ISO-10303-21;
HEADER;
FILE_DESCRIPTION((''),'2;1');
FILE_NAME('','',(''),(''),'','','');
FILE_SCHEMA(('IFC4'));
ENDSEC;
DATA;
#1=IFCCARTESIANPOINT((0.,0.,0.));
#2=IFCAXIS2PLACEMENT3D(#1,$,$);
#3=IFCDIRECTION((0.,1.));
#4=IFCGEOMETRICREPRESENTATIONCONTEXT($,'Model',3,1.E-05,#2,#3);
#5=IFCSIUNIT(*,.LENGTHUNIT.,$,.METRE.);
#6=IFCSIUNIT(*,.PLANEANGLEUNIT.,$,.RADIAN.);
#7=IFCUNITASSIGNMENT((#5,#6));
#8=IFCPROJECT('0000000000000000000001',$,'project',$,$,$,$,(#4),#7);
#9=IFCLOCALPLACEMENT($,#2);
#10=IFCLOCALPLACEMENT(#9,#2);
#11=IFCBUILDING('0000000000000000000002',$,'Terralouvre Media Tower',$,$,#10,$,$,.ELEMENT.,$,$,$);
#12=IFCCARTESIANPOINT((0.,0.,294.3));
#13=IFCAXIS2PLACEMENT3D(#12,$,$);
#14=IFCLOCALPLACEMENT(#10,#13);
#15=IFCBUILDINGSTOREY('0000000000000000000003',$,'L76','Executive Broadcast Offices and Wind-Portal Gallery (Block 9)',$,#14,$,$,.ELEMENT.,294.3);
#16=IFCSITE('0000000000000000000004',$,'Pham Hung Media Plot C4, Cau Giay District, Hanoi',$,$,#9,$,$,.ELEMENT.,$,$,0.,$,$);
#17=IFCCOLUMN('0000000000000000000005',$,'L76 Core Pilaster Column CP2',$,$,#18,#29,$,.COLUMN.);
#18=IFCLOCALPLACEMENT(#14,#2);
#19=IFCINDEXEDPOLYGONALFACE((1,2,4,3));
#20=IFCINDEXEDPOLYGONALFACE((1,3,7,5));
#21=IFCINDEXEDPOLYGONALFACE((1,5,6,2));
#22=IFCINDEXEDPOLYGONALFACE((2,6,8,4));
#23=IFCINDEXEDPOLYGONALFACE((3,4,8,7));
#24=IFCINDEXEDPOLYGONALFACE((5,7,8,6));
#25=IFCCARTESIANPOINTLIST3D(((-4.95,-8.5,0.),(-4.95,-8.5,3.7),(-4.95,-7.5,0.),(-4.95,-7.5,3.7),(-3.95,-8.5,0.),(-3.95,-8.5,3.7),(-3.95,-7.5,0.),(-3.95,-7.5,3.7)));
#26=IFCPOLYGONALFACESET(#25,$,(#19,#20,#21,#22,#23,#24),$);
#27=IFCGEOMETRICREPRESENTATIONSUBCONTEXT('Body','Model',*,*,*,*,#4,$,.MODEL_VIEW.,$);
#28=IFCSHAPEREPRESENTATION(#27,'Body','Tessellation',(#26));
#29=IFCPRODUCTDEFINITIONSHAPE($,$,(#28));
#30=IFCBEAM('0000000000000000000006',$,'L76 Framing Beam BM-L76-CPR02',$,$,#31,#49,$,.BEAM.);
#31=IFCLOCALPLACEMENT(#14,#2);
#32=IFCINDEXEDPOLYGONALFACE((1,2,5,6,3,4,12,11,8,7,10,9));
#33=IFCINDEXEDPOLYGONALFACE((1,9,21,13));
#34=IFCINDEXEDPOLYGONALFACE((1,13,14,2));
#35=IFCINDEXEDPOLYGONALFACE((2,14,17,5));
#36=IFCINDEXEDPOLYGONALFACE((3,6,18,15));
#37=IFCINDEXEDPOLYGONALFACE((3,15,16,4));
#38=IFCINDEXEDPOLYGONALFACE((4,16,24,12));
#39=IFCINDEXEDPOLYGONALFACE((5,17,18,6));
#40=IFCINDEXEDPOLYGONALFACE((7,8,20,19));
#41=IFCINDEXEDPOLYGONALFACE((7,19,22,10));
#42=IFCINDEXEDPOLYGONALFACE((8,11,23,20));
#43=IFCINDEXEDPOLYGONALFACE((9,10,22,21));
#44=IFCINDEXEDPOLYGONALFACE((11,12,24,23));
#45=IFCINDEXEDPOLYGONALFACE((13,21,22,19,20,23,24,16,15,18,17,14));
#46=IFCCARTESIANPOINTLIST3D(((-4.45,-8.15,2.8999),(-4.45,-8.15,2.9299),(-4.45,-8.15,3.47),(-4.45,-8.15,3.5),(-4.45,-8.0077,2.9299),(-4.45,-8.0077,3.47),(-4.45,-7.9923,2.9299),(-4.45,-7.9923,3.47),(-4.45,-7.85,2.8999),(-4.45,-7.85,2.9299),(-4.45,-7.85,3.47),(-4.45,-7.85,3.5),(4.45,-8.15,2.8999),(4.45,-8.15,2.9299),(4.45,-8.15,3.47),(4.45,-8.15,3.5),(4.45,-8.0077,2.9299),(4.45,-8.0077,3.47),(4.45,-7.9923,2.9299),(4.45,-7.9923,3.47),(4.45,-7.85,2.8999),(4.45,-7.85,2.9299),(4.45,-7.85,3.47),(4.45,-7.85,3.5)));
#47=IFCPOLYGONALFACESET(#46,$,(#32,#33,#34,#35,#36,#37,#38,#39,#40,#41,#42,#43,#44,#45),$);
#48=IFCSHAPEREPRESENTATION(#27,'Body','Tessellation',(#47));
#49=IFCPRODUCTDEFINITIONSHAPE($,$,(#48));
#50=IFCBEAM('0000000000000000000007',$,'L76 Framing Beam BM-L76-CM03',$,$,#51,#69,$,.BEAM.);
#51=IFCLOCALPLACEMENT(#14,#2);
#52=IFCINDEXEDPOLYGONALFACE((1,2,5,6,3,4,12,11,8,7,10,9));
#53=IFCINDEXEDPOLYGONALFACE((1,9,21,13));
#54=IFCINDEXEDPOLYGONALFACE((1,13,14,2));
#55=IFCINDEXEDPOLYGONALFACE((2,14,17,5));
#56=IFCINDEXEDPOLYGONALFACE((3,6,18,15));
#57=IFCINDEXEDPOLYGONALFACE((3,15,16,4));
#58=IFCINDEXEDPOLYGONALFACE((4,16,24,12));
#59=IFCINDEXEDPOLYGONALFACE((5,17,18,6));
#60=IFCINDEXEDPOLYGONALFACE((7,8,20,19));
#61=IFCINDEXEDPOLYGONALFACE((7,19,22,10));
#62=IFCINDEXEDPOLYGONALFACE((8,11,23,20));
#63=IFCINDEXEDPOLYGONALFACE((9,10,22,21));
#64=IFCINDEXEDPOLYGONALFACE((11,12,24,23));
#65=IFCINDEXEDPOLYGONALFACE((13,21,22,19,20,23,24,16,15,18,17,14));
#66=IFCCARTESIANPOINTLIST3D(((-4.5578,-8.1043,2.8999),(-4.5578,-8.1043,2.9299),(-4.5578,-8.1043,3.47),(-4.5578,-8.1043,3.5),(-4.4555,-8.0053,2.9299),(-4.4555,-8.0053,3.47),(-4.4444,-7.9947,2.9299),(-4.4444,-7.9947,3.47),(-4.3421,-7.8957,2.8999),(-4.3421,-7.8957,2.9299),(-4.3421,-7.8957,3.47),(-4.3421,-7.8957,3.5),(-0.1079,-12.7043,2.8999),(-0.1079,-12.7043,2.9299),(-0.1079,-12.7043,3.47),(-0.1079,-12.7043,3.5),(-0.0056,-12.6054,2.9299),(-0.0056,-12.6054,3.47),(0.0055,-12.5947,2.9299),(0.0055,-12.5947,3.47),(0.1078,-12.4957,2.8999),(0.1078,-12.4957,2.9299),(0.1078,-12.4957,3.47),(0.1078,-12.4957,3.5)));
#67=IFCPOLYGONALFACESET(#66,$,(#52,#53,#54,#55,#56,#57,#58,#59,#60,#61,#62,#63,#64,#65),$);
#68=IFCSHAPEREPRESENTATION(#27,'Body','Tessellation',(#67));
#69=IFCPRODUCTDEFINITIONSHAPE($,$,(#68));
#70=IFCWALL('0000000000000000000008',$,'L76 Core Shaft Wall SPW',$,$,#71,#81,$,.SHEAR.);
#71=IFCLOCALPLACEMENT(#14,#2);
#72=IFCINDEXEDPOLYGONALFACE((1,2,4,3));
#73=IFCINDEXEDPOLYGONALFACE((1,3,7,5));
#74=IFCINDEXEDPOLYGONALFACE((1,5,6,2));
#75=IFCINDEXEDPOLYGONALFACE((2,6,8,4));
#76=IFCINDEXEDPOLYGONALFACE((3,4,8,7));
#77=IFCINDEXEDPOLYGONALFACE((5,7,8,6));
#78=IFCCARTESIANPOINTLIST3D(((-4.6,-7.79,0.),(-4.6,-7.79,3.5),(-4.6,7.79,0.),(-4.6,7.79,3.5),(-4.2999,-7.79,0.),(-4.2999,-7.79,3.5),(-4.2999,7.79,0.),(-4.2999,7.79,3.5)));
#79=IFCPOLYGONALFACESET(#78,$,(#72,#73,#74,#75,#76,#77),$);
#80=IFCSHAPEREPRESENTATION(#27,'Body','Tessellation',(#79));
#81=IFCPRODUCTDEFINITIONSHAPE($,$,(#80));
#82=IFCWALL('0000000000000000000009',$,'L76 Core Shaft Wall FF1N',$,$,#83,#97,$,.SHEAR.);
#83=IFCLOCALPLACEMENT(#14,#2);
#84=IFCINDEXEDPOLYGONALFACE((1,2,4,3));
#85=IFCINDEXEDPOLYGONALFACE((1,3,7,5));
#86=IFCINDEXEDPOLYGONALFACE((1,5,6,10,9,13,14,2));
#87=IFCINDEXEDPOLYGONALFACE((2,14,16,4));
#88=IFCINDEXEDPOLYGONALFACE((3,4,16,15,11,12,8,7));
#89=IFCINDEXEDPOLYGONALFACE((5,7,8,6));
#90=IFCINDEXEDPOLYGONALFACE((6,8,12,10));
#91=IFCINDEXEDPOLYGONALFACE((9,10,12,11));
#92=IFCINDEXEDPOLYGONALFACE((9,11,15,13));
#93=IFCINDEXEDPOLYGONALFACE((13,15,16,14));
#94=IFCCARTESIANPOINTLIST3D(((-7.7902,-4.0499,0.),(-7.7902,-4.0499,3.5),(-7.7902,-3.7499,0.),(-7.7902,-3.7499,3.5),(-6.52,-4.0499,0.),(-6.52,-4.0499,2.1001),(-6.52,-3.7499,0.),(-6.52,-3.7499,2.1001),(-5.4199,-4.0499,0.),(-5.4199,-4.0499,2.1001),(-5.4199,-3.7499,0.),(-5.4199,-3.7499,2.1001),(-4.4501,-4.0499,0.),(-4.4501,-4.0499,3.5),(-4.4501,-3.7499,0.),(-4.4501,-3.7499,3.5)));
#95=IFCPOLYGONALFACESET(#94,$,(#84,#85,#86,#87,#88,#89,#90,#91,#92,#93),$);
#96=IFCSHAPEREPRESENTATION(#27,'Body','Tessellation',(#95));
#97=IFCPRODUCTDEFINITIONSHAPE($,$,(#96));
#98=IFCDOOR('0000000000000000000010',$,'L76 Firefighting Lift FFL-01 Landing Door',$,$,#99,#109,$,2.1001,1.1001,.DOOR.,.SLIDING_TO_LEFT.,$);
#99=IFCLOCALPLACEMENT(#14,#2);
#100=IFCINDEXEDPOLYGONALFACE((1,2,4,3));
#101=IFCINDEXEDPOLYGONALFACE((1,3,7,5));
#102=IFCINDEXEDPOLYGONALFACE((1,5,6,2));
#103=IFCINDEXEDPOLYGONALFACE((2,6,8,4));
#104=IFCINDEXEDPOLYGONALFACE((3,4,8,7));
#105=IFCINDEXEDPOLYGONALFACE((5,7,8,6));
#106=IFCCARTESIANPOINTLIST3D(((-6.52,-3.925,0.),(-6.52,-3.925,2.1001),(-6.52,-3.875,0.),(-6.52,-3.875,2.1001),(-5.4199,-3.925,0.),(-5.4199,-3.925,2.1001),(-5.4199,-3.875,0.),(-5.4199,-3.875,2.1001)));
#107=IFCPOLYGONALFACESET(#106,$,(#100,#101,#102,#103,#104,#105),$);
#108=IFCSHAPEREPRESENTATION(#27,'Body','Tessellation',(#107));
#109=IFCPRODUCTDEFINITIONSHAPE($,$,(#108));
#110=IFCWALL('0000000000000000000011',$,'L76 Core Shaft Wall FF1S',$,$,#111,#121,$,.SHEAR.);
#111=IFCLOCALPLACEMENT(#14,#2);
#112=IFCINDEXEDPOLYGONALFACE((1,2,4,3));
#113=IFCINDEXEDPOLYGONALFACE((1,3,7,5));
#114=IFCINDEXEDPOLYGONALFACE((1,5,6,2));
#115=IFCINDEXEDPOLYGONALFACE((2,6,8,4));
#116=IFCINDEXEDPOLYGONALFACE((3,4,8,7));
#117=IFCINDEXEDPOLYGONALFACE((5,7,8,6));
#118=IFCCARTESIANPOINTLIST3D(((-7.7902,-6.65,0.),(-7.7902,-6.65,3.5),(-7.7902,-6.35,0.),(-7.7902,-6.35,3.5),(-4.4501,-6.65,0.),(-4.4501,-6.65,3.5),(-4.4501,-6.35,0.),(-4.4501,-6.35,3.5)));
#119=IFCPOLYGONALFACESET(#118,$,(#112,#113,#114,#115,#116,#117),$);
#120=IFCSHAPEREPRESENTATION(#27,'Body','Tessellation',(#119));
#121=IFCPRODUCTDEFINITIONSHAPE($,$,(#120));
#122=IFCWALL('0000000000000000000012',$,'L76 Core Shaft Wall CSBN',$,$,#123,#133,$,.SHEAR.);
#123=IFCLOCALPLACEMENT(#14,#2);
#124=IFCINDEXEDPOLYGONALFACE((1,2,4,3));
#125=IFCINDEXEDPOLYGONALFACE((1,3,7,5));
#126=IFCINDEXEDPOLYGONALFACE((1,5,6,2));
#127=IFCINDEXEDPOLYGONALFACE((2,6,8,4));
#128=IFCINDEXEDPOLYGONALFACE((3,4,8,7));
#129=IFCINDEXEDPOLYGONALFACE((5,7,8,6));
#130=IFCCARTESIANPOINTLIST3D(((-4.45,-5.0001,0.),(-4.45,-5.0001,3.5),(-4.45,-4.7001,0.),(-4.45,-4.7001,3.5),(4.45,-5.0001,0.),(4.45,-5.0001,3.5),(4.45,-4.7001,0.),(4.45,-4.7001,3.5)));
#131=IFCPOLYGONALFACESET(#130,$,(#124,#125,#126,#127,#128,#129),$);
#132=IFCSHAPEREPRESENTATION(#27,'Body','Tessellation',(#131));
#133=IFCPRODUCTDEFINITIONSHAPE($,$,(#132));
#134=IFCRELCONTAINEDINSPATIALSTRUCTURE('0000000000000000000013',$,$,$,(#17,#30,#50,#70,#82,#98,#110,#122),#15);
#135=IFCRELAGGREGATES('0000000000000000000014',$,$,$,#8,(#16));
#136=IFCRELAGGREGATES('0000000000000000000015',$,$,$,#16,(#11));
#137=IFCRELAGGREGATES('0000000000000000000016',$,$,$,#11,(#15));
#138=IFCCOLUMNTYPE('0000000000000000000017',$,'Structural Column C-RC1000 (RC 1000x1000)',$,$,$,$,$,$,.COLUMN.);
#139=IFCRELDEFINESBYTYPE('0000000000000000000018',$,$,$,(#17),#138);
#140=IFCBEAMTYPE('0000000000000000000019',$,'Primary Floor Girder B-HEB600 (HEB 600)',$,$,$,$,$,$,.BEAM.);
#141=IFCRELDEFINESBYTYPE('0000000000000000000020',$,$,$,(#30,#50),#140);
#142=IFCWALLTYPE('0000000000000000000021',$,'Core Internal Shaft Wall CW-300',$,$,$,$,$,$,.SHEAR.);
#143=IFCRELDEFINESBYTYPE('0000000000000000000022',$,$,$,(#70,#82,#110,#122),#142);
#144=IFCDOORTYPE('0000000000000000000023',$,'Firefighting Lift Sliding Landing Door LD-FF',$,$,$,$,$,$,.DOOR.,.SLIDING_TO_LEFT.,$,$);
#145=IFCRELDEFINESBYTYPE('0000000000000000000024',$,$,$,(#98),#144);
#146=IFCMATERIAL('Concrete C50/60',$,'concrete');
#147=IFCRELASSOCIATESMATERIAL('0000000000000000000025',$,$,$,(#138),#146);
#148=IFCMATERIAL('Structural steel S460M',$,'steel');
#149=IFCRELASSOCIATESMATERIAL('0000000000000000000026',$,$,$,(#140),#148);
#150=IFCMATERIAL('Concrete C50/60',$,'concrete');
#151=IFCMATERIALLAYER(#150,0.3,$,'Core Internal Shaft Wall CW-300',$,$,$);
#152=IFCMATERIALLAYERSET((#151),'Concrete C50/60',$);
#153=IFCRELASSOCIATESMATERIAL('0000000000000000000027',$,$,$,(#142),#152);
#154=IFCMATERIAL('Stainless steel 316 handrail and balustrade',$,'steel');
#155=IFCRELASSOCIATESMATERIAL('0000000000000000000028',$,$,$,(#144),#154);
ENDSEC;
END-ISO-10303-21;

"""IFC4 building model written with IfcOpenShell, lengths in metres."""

from ifc_helpers import new_model, si_unit, direction, frame, frame_2d, origin, origin_2d, place, context, subcontext, project, spatial, rectangle, i_section, extrude, material, layer, layer_set, material_profile, profile_set, type_object, element, fill, save


model = new_model("IFC4")

# Units and contexts
model_context = context("Model", 3, precision=1e-05, world=origin(), true_north=direction((0.0, 1.0)))
body_context = subcontext(model_context, "Body", "Model", "MODEL_VIEW")
ifc_project = project(units=[si_unit("LENGTHUNIT", "METRE"), si_unit("PLANEANGLEUNIT", "RADIAN")], contexts=[model_context])

# Site, building, storey
site_placement = place(None, origin())
site = spatial("IfcSite", under=ifc_project, at=site_placement, Name="Pham Hung Media Plot C4, Cau Giay District, Hanoi", CompositionType="ELEMENT", RefElevation=0.0)
building_placement = place(site_placement, origin())
building = spatial("IfcBuilding", under=site, at=building_placement, Name="Terralouvre Media Tower", CompositionType="ELEMENT")
storey_placement = place(building_placement, frame((0.0, 0.0, 294.3)))
storey = spatial("IfcBuildingStorey", under=building, at=storey_placement, Name="L76", Description="Executive Broadcast Offices and Wind-Portal Gallery (Block 9)", CompositionType="ELEMENT", Elevation=294.3)

# Column
ifc_material_1 = material(Name="Concrete C50/60", Category="concrete")
ifc_material_profile_1 = material_profile(ifc_material_1, rectangle(XDim=1.0, YDim=1.0, at=origin_2d()), Name="RC 1000x1000")
ifc_profile_set_1 = profile_set([ifc_material_profile_1], Name="Concrete C50/60")
column_type = type_object("IfcColumnType", Name="Structural Column C-RC1000 (RC 1000x1000)", PredefinedType="COLUMN", material=ifc_profile_set_1)
column_placement = place(storey_placement, frame((-4.45, -8.0, 0.0), z_axis=(0.0, 0.0, 1.0), x_axis=(1.0, 0.0, 0.0)))
element("IfcColumn", 1, at=column_placement, inside=storey, type_object=column_type, Name="L76 Core Pilaster Column CP2", PredefinedType="COLUMN", context=body_context, shape_type="SweptSolid", body=[
    extrude(rectangle(XDim=1.0, YDim=1.0, at=origin_2d()), origin(), (0.0, 0.0, 1.0), 3.7),
])

# Beams
ifc_material_2 = material(Name="Structural steel S460M", Category="steel")
ifc_material_profile_2 = material_profile(ifc_material_2, i_section(OverallWidth=0.3, OverallDepth=0.6001, WebThickness=0.0154, FlangeThickness=0.03, at=origin_2d()), Name="HEB 600")
ifc_profile_set_2 = profile_set([ifc_material_profile_2], Name="Structural steel S460M")
beam_type = type_object("IfcBeamType", Name="Primary Floor Girder B-HEB600 (HEB 600)", PredefinedType="BEAM", material=ifc_profile_set_2)
beam_1_placement = place(storey_placement, frame((-4.45, -8.0, 3.2), z_axis=(1.0, 0.0, 0.0), x_axis=(0.0, 1.0, 0.0)))
element("IfcBeam", 2, at=beam_1_placement, inside=storey, type_object=beam_type, Name="L76 Framing Beam BM-L76-CPR02", PredefinedType="BEAM", context=body_context, shape_type="SweptSolid", body=[
    extrude(i_section(OverallWidth=0.3, OverallDepth=0.6001, WebThickness=0.0154, FlangeThickness=0.03, at=origin_2d()), origin(), (0.0, 0.0, 1.0), 8.8999),
])
beam_2_placement = place(storey_placement, frame((-4.45, -8.0, 3.2), z_axis=(0.69528, -0.718739, 0.0), x_axis=(0.718739, 0.69528, 0.0)))
element("IfcBeam", 3, at=beam_2_placement, inside=storey, type_object=beam_type, Name="L76 Framing Beam BM-L76-CM03", PredefinedType="BEAM", context=body_context, shape_type="SweptSolid", body=[
    extrude(i_section(OverallWidth=0.3, OverallDepth=0.6001, WebThickness=0.0154, FlangeThickness=0.03, at=origin_2d()), origin(), (0.0, 0.0, 1.0), 6.4001),
])

# Wall
ifc_material_3 = material(Name="Concrete C50/60", Category="concrete")
ifc_layer_1 = layer(ifc_material_3, 0.3, Name="Core Internal Shaft Wall CW-300")
ifc_layer_set_1 = layer_set([ifc_layer_1], Name="Concrete C50/60")
wall_type_1 = type_object("IfcWallType", Name="Core Internal Shaft Wall CW-300", PredefinedType="SHEAR", material=ifc_layer_set_1)
wall_1_placement = place(storey_placement, frame((-4.45, -7.79, 0.0), z_axis=(0.0, 0.0, 1.0), x_axis=(0.0, 1.0, 0.0)))
element("IfcWall", 4, at=wall_1_placement, inside=storey, type_object=wall_type_1, Name="L76 Core Shaft Wall SPW", PredefinedType="SHEAR", context=body_context, shape_type="SweptSolid", body=[
    extrude(rectangle(XDim=15.5801, YDim=0.3, at=frame_2d((7.79, 0.0))), origin(), (0.0, 0.0, 1.0), 3.5),
])

# Wall, opening, door
wall_2_placement = place(storey_placement, frame((-7.79, -3.8999, 0.0), z_axis=(0.0, 0.0, 1.0), x_axis=(1.0, 0.0, 0.0)))
wall_2 = element("IfcWall", 5, at=wall_2_placement, inside=storey, type_object=wall_type_1, Name="L76 Core Shaft Wall FF1N", PredefinedType="SHEAR", context=body_context, shape_type="SweptSolid", body=[
    extrude(rectangle(XDim=3.3401, YDim=0.3, at=frame_2d((1.6699, 0.0))), origin(), (0.0, 0.0, 1.0), 3.5),
])
opening_1_placement = place(wall_2_placement, frame((1.27, 0.0, 0.0)))
opening_1 = element("IfcOpeningElement", 6, at=opening_1_placement, cuts=wall_2, PredefinedType="OPENING", context=body_context, shape_type="SweptSolid", body=[
    extrude(rectangle(XDim=1.1001, YDim=2.1001, at=frame_2d((0.55, 1.05))), frame((0.0, 0.1599, 0.0), z_axis=(0.0, -1.0, 0.0), x_axis=(1.0, 0.0, 0.0)), (0.0, 0.0, 1.0), 0.3201),
])
ifc_material_4 = material(Name="Stainless steel 316 handrail and balustrade", Category="steel")
door_type_1 = type_object("IfcDoorType", Name="Firefighting Lift Sliding Landing Door LD-FF", OperationType="SLIDING_TO_LEFT", PredefinedType="DOOR", material=ifc_material_4)
door_1_placement = place(opening_1_placement, origin())
door_1 = element("IfcDoor", 7, at=door_1_placement, inside=storey, type_object=door_type_1, Name="L76 Firefighting Lift FFL-01 Landing Door", OperationType="SLIDING_TO_LEFT", OverallHeight=2.1001, OverallWidth=1.1001, PredefinedType="DOOR", context=body_context, shape_type="SweptSolid", body=[
    extrude(rectangle(XDim=1.1001, YDim=2.1001, at=frame_2d((0.55, 1.05))), frame((0.0, 0.0249, 0.0), z_axis=(0.0, -1.0, 0.0), x_axis=(1.0, 0.0, 0.0)), (0.0, 0.0, 1.0), 0.05),
])
fill(opening_1, door_1)

# Walls
wall_3_placement = place(storey_placement, frame((-7.79, -6.5, 0.0), z_axis=(0.0, 0.0, 1.0), x_axis=(1.0, 0.0, 0.0)))
element("IfcWall", 8, at=wall_3_placement, inside=storey, type_object=wall_type_1, Name="L76 Core Shaft Wall FF1S", PredefinedType="SHEAR", context=body_context, shape_type="SweptSolid", body=[
    extrude(rectangle(XDim=3.3401, YDim=0.3, at=frame_2d((1.6699, 0.0))), origin(), (0.0, 0.0, 1.0), 3.5),
])
wall_4_placement = place(storey_placement, frame((-4.45, -4.8501, 0.0), z_axis=(0.0, 0.0, 1.0), x_axis=(1.0, 0.0, 0.0)))
element("IfcWall", 9, at=wall_4_placement, inside=storey, type_object=wall_type_1, Name="L76 Core Shaft Wall CSBN", PredefinedType="SHEAR", context=body_context, shape_type="SweptSolid", body=[
    extrude(rectangle(XDim=8.8999, YDim=0.3, at=frame_2d((4.45, 0.0))), origin(), (0.0, 0.0, 1.0), 3.5),
])

save(model, "model.ifc")
